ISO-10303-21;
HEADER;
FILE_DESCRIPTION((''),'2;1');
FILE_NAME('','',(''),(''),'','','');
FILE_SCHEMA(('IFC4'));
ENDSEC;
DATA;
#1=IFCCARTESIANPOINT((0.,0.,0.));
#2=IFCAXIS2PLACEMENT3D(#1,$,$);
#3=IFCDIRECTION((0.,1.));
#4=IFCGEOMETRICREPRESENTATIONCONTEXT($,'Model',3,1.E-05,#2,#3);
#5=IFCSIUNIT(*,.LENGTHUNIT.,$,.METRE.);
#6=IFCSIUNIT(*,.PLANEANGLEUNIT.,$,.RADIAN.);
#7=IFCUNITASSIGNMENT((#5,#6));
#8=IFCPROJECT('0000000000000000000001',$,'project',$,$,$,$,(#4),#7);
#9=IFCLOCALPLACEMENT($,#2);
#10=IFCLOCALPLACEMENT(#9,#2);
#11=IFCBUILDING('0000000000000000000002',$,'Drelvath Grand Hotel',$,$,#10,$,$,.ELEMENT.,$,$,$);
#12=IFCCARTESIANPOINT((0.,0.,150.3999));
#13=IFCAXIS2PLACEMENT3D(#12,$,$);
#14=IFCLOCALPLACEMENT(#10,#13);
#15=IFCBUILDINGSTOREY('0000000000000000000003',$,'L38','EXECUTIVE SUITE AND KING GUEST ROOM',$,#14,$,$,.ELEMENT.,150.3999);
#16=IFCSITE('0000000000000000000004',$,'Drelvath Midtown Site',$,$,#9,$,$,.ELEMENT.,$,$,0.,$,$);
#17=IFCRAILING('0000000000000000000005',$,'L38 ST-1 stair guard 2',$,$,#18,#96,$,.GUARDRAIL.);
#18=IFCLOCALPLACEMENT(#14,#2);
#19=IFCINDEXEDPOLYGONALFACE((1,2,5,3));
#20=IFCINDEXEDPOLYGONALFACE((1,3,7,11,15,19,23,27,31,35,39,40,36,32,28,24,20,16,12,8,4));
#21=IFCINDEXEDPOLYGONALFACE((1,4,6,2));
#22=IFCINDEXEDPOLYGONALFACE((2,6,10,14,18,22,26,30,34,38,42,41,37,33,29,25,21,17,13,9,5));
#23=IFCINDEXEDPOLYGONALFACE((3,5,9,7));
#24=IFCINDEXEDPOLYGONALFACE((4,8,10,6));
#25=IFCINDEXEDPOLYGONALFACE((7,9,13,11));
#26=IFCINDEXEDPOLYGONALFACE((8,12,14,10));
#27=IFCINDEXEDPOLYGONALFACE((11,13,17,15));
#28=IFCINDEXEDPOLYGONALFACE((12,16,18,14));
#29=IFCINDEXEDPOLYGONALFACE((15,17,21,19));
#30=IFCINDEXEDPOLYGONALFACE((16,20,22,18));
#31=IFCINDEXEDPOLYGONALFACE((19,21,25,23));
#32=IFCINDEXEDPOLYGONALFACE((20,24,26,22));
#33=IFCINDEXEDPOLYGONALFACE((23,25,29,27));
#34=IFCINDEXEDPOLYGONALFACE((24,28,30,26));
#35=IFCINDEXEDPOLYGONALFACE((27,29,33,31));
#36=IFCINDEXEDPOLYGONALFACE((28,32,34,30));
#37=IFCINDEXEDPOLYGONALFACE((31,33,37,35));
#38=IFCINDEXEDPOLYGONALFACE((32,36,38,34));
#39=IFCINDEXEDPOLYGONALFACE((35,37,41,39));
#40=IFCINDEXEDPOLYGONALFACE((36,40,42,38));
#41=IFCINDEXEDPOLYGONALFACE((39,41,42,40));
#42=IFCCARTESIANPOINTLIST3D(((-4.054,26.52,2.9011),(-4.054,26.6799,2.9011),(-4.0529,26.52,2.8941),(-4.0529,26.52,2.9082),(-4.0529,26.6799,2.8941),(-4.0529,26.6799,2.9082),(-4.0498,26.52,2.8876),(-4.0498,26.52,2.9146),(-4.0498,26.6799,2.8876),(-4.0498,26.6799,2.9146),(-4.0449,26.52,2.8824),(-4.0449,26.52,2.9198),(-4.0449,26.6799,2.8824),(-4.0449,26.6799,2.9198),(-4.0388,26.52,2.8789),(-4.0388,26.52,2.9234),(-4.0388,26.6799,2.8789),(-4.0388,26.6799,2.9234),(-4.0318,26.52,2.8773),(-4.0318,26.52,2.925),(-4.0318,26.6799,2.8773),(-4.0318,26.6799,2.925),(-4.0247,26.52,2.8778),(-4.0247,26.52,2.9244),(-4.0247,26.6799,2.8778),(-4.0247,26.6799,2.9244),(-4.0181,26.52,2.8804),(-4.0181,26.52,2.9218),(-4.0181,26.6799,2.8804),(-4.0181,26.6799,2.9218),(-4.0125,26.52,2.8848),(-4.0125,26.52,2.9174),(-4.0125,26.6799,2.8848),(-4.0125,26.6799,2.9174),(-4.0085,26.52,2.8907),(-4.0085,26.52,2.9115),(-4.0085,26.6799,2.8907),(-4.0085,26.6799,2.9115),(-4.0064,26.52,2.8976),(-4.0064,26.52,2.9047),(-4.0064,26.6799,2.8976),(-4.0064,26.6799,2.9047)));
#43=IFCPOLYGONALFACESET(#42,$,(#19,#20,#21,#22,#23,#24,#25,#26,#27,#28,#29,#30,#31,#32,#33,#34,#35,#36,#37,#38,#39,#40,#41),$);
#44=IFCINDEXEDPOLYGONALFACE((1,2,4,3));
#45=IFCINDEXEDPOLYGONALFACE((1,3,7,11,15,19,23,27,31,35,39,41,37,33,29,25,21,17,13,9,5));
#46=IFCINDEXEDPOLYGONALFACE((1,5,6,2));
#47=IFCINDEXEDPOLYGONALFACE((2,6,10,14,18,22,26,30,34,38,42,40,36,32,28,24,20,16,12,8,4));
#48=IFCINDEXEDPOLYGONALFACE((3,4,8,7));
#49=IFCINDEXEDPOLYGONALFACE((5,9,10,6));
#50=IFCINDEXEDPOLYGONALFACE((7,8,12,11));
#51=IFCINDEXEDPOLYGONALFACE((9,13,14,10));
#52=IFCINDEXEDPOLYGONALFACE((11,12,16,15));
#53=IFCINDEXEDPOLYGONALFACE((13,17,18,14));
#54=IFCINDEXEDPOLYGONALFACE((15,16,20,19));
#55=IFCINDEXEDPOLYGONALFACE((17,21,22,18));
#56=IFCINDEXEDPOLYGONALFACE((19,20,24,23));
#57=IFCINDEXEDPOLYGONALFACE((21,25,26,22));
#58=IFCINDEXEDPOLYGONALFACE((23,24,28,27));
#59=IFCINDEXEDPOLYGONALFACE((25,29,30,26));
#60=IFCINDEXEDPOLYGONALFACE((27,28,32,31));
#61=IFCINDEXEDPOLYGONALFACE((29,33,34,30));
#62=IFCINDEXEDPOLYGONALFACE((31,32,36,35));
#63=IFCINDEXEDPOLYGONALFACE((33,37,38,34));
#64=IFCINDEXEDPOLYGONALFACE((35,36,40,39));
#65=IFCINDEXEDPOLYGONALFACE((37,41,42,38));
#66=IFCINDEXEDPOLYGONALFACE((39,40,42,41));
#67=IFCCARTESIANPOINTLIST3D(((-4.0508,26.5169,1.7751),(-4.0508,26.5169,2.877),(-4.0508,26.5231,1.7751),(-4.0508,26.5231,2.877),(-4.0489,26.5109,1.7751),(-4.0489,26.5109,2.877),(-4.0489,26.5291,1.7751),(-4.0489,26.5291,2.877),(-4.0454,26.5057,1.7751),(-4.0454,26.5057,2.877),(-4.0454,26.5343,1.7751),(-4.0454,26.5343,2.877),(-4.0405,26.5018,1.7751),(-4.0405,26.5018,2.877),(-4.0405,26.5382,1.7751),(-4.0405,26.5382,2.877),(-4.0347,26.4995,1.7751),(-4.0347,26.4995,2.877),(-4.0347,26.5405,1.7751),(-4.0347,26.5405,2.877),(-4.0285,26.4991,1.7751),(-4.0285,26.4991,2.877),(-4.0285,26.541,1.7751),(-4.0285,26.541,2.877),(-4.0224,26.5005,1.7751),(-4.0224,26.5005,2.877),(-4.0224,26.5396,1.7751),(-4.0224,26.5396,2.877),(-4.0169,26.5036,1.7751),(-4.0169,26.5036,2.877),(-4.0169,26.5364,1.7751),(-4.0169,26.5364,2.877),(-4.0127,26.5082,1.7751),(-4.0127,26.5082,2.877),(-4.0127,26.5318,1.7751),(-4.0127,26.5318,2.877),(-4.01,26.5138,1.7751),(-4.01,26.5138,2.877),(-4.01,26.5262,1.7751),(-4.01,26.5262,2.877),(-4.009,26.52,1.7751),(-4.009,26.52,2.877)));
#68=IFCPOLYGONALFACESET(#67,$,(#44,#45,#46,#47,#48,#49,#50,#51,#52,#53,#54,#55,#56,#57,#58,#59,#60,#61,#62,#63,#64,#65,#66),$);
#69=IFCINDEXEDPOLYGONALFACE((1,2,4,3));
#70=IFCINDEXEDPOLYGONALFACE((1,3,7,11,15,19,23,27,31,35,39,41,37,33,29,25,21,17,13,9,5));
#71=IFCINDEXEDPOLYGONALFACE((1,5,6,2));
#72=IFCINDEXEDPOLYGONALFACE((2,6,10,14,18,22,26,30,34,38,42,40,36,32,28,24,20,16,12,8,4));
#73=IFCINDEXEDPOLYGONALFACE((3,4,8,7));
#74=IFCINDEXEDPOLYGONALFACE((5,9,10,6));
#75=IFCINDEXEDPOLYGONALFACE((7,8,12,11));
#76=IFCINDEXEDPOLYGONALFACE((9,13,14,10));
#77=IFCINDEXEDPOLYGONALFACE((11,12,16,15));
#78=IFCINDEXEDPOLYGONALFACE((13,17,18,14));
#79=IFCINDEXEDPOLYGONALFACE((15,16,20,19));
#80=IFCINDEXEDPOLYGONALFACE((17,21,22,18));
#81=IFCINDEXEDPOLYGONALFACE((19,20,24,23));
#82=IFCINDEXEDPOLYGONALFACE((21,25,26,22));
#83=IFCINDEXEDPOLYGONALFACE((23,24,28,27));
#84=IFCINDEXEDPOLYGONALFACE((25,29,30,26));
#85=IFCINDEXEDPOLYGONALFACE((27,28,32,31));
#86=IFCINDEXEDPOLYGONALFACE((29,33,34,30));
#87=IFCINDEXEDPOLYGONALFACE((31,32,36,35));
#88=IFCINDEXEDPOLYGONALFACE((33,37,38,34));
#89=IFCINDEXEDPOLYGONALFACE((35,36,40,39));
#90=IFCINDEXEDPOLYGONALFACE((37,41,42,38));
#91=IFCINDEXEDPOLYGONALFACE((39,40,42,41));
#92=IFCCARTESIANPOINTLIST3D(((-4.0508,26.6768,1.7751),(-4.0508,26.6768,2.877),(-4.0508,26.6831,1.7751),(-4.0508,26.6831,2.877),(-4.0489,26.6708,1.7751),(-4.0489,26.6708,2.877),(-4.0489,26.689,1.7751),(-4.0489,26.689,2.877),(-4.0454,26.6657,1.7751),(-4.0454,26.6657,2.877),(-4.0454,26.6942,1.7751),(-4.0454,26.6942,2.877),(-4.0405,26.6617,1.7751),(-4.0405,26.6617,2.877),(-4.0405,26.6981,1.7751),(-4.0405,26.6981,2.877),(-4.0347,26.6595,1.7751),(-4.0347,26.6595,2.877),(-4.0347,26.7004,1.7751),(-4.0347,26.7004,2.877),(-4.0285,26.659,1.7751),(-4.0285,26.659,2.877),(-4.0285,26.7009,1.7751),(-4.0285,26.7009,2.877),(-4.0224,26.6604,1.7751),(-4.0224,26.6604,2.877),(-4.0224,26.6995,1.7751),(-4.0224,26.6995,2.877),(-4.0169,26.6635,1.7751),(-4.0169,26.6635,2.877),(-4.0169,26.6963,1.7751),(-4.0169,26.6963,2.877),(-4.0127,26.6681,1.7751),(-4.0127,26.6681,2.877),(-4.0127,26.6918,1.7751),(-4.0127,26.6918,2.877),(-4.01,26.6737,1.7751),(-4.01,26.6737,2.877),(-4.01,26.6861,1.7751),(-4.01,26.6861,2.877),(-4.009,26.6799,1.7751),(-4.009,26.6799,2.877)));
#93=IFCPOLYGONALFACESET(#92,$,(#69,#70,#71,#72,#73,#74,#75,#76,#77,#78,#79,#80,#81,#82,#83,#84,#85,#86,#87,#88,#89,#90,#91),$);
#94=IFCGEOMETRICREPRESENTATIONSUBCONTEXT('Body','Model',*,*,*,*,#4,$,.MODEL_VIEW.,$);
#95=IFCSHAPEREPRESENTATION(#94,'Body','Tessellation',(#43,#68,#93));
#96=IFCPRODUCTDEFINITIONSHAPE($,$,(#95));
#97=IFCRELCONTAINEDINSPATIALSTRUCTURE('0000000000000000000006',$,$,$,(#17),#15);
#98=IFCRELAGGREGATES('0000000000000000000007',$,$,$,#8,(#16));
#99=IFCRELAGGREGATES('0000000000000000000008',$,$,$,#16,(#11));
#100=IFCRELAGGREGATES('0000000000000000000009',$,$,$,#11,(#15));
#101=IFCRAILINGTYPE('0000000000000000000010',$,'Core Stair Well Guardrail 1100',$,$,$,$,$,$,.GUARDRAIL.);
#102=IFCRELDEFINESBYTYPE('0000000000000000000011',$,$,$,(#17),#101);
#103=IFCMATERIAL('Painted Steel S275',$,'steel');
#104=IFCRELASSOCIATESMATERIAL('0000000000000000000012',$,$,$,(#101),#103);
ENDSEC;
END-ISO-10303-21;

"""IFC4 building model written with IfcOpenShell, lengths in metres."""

from ifc_helpers import new_model, si_unit, direction, frame, origin, origin_2d, place, context, subcontext, project, spatial, circle, extrude, material, type_object, element, save


model = new_model("IFC4")

# Units and contexts
model_context = context("Model", 3, precision=1e-05, world=origin(), true_north=direction((0.0, 1.0)))
body_context = subcontext(model_context, "Body", "Model", "MODEL_VIEW")
ifc_project = project(units=[si_unit("LENGTHUNIT", "METRE"), si_unit("PLANEANGLEUNIT", "RADIAN")], contexts=[model_context])

# Site, building, storey
site_placement = place(None, origin())
site = spatial("IfcSite", under=ifc_project, at=site_placement, Name="Drelvath Midtown Site", CompositionType="ELEMENT", RefElevation=0.0)
building_placement = place(site_placement, origin())
building = spatial("IfcBuilding", under=site, at=building_placement, Name="Drelvath Grand Hotel", CompositionType="ELEMENT")
storey_placement = place(building_placement, frame((0.0, 0.0, 150.3999)))
storey = spatial("IfcBuildingStorey", under=building, at=storey_placement, Name="L38", Description="EXECUTIVE SUITE AND KING GUEST ROOM", CompositionType="ELEMENT", Elevation=150.3999)

# Shared definitions
ifc_material_1 = material(Name="Painted Steel S275", Category="steel")

# Railing
railing_type_1 = type_object("IfcRailingType", Name="Core Stair Well Guardrail 1100", PredefinedType="GUARDRAIL", material=ifc_material_1)
railing_1_placement = place(storey_placement, frame((-4.03, 26.52, 1.7751)))
element("IfcRailing", 1, at=railing_1_placement, inside=storey, type_object=railing_type_1, Name="L38 ST-1 stair guard 2", PredefinedType="GUARDRAIL", context=body_context, shape_type="SweptSolid", body=[
    extrude(circle(Radius=0.0239, at=origin_2d()), frame((0.0, 0.0, 1.126), z_axis=(0.0, 1.0, 0.0), x_axis=(-1.0, 0.0, 0.0)), (0.0, 0.0, 1.0), 0.1599),
    extrude(circle(Radius=0.021, at=origin_2d()), origin(), (0.0, 0.0, 1.0), 1.1018),
    extrude(circle(Radius=0.021, at=origin_2d()), frame((0.0, 0.1599, 0.0)), (0.0, 0.0, 1.0), 1.1018),
])

save(model, "model.ifc")
